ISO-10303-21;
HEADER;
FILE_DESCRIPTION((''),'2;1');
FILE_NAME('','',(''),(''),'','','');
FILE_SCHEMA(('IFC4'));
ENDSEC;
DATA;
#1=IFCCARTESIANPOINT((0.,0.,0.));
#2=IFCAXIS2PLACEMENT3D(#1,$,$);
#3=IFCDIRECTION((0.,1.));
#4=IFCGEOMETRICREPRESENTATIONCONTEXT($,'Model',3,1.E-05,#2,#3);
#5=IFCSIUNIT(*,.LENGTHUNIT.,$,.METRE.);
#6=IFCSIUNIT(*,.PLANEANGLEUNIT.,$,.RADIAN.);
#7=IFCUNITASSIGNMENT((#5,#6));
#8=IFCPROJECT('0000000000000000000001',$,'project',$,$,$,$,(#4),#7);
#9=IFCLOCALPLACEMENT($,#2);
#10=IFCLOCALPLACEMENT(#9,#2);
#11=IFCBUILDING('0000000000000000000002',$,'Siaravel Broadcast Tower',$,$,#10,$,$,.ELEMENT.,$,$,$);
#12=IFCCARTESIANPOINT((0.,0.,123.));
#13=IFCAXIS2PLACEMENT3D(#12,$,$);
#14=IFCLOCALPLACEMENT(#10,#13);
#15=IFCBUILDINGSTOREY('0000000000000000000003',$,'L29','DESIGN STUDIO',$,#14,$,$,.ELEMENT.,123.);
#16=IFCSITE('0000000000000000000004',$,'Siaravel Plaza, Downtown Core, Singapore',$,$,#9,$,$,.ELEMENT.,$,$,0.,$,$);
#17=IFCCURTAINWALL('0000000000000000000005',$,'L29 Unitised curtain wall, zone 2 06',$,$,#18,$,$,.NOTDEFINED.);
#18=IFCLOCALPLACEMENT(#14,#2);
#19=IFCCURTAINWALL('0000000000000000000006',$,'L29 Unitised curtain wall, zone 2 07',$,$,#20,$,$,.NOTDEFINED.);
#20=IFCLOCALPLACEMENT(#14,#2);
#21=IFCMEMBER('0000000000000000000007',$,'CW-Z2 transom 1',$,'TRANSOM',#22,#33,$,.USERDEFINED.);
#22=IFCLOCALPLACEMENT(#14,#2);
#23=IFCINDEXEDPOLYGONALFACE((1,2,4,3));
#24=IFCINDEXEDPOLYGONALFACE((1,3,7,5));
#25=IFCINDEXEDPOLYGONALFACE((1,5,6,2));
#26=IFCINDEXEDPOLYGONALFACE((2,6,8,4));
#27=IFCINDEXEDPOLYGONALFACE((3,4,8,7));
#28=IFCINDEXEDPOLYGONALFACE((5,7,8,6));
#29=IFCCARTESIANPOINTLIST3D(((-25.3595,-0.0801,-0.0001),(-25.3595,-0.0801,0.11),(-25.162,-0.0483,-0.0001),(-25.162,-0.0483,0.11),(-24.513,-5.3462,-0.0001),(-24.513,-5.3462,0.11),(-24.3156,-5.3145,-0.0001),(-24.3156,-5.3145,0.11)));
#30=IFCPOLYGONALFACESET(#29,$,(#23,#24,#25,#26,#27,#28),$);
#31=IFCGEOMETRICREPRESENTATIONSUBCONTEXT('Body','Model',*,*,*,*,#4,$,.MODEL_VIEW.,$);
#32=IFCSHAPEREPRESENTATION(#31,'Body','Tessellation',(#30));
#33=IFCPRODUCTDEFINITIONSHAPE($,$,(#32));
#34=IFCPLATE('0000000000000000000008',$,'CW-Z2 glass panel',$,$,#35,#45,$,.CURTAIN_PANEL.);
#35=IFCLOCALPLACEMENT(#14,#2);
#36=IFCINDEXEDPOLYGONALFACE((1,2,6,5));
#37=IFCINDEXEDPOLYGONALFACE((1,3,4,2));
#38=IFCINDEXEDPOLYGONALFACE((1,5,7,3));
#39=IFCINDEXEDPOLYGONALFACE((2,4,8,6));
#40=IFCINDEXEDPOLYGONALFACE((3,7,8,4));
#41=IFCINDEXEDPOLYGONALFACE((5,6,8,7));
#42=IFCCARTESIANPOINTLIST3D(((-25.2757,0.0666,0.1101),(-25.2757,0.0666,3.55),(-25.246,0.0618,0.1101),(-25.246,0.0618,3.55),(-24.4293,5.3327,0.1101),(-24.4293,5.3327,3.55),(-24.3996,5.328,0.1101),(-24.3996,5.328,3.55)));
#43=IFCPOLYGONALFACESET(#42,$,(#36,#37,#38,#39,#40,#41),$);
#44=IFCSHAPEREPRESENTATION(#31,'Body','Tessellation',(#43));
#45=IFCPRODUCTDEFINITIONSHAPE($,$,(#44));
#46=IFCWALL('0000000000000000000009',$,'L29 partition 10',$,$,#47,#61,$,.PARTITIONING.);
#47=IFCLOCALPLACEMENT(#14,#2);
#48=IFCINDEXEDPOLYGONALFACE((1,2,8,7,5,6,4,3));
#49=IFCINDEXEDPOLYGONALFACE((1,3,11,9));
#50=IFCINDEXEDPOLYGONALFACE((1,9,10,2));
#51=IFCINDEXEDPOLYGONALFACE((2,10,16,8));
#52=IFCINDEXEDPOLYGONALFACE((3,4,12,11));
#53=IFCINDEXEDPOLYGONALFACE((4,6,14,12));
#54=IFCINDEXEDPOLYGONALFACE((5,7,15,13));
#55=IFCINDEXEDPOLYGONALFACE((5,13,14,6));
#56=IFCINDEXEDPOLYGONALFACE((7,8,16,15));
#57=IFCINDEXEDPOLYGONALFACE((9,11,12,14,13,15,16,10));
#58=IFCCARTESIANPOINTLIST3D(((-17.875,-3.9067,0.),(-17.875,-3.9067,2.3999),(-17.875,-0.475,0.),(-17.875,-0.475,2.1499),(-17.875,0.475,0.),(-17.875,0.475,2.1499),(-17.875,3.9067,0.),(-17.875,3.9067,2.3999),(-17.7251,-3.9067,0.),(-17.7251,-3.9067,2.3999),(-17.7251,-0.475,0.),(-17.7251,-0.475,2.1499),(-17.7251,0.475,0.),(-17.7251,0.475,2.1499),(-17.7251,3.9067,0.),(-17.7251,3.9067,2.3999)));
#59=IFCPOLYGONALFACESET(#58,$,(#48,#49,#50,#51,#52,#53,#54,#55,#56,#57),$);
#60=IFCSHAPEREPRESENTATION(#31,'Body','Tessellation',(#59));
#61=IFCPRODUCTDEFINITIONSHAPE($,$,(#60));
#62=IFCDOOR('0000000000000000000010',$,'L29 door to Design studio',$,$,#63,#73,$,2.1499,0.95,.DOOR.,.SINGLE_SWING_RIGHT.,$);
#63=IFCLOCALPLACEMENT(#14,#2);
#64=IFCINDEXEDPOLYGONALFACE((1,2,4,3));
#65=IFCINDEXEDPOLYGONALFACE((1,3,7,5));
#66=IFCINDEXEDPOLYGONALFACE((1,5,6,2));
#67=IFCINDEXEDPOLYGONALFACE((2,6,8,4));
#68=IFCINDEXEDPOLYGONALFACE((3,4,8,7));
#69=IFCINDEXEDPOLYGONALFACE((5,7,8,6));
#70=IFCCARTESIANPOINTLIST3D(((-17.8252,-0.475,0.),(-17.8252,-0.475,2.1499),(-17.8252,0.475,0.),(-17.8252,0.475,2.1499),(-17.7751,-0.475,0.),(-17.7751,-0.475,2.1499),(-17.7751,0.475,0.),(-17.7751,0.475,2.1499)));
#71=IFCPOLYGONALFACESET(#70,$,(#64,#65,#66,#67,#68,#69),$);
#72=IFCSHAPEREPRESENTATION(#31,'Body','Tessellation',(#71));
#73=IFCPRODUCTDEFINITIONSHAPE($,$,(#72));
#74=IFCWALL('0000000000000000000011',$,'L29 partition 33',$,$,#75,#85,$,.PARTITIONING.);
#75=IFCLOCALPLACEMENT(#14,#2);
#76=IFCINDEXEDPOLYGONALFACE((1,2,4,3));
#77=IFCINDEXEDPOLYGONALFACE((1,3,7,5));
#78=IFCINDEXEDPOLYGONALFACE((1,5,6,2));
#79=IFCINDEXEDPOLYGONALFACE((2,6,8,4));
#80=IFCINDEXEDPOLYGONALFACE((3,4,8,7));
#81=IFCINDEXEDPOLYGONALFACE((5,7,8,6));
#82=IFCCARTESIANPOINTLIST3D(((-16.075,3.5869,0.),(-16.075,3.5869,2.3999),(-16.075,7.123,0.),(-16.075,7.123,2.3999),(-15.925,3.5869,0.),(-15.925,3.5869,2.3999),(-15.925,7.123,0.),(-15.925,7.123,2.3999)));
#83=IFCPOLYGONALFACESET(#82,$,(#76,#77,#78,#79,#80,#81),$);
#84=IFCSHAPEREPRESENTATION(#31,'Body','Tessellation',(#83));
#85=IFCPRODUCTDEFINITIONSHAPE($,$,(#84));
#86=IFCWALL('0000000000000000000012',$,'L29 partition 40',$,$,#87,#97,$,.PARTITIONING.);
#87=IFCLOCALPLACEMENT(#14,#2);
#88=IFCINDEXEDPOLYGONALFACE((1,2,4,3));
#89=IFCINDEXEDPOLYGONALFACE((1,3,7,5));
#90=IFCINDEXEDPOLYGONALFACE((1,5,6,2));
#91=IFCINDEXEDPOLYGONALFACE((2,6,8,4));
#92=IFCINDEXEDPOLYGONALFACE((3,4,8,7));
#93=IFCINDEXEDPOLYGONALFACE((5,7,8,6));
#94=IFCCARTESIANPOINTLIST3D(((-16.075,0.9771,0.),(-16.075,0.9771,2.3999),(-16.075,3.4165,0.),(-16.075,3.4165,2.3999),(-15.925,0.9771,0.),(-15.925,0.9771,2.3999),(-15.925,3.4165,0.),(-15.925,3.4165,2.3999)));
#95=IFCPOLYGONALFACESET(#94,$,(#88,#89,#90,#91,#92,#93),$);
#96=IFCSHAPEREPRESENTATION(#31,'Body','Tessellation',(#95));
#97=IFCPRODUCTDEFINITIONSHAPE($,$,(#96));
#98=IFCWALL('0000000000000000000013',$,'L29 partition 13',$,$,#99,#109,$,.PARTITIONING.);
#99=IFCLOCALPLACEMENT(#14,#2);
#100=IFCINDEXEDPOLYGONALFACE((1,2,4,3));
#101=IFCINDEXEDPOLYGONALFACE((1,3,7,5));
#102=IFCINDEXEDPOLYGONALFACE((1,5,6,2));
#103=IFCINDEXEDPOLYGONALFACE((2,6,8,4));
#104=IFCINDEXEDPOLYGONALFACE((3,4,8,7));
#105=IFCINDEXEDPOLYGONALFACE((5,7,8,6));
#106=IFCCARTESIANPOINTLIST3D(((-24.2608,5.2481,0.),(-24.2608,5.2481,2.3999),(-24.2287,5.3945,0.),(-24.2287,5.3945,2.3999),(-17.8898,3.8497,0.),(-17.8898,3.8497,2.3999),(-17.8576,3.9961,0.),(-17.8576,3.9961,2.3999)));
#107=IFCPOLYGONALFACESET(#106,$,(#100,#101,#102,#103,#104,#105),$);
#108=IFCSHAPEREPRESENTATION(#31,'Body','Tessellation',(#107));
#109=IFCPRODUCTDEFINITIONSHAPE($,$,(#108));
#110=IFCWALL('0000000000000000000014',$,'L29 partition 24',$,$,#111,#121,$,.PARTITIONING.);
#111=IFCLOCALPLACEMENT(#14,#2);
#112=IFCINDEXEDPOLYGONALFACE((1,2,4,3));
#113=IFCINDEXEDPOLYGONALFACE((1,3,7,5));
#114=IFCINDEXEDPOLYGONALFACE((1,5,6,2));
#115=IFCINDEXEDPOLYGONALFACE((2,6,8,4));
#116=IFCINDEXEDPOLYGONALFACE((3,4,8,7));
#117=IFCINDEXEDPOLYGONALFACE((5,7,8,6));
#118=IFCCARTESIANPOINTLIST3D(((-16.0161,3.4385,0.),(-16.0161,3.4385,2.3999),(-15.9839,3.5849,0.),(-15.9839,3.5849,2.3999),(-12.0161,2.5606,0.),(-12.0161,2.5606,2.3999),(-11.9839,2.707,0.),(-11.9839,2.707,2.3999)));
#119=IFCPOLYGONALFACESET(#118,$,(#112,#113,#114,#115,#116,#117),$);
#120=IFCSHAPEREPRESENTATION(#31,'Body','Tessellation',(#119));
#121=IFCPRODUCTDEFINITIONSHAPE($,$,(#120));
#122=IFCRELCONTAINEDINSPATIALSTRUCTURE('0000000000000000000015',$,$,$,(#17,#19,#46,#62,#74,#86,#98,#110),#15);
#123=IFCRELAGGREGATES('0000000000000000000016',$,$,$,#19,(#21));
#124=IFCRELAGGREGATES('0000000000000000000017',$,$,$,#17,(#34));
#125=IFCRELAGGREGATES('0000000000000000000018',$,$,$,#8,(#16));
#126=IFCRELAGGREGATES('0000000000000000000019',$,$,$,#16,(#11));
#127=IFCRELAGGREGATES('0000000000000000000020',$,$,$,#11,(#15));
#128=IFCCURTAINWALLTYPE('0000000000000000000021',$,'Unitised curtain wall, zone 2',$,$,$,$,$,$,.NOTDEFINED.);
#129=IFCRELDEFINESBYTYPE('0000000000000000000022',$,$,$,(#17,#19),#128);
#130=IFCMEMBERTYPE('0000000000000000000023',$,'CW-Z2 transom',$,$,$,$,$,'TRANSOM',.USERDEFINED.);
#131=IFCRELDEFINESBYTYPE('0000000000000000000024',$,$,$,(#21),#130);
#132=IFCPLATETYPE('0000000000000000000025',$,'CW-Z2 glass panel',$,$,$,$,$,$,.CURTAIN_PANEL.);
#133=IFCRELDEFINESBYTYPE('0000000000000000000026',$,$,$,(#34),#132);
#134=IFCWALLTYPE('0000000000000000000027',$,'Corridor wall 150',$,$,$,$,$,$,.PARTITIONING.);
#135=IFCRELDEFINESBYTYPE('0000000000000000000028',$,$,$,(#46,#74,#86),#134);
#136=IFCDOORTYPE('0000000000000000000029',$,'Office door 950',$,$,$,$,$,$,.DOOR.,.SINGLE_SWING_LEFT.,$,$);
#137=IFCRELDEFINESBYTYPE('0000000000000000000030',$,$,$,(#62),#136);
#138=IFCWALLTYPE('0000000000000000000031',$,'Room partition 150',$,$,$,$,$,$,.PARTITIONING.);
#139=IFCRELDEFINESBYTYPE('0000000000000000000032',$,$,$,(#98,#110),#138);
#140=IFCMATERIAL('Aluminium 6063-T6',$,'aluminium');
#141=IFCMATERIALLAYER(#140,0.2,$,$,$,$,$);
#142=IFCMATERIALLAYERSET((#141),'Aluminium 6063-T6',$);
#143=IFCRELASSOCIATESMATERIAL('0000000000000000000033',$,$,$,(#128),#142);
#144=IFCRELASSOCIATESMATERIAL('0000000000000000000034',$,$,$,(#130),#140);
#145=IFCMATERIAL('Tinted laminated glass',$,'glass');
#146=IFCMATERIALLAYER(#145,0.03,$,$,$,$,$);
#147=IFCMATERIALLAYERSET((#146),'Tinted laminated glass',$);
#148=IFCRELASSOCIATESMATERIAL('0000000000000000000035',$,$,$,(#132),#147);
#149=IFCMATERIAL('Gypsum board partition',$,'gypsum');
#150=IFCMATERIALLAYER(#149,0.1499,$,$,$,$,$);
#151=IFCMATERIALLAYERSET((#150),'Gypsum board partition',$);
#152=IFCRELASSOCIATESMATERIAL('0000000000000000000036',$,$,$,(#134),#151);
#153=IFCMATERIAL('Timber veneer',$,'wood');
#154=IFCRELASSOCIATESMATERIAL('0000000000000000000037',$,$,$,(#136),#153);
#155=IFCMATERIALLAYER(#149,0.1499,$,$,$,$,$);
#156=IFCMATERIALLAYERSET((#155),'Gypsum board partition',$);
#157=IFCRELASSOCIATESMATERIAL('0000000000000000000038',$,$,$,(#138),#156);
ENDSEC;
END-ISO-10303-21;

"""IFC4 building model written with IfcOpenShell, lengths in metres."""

from ifc_helpers import new_model, si_unit, direction, frame, frame_2d, origin, origin_2d, place, context, subcontext, project, spatial, rectangle, extrude, material, layer, layer_set, material_profile, profile_set, type_object, element, fill, aggregate, save


model = new_model("IFC4")

# Units and contexts
model_context = context("Model", 3, precision=1e-05, world=origin(), true_north=direction((0.0, 1.0)))
body_context = subcontext(model_context, "Body", "Model", "MODEL_VIEW")
ifc_project = project(units=[si_unit("LENGTHUNIT", "METRE"), si_unit("PLANEANGLEUNIT", "RADIAN")], contexts=[model_context])

# Site, building, storey
site_placement = place(None, origin())
site = spatial("IfcSite", under=ifc_project, at=site_placement, Name="Siaravel Plaza, Downtown Core, Singapore", CompositionType="ELEMENT", RefElevation=0.0)
building_placement = place(site_placement, origin())
building = spatial("IfcBuilding", under=site, at=building_placement, Name="Siaravel Broadcast Tower", CompositionType="ELEMENT")
storey_placement = place(building_placement, frame((0.0, 0.0, 123.0)))
storey = spatial("IfcBuildingStorey", under=building, at=storey_placement, Name="L29", Description="DESIGN STUDIO", CompositionType="ELEMENT", Elevation=123.0)

# Curtain wall
ifc_material_1 = material(Name="Aluminium 6063-T6", Category="aluminium")
ifc_layer_1 = layer(ifc_material_1, 0.2)
ifc_layer_set_1 = layer_set([ifc_layer_1], Name="Aluminium 6063-T6")
curtain_wall_type = type_object("IfcCurtainWallType", Name="Unitised curtain wall, zone 2", PredefinedType="NOTDEFINED", material=ifc_layer_set_1)
curtain_wall_1_placement = place(storey_placement, origin())
curtain_wall_1 = element("IfcCurtainWall", 1, at=curtain_wall_1_placement, inside=storey, type_object=curtain_wall_type, Name="L29 Unitised curtain wall, zone 2 06", PredefinedType="NOTDEFINED")

# Curtain wall
curtain_wall_2_placement = place(storey_placement, origin())
curtain_wall_2 = element("IfcCurtainWall", 2, at=curtain_wall_2_placement, inside=storey, type_object=curtain_wall_type, Name="L29 Unitised curtain wall, zone 2 07", PredefinedType="NOTDEFINED")

# Member
ifc_material_profile_1 = material_profile(ifc_material_1, rectangle(XDim=0.2, YDim=0.1101, at=origin_2d()))
ifc_profile_set_1 = profile_set([ifc_material_profile_1], Name="Aluminium 6063-T6")
member_type_1 = type_object("IfcMemberType", Name="CW-Z2 transom", ElementType="TRANSOM", PredefinedType="USERDEFINED", material=ifc_profile_set_1)
member_1_placement = place(storey_placement, frame((-25.2607, -0.0642, 0.0549), z_axis=(0.158696, -0.987328, 0.0), x_axis=(0.987328, 0.158696, 0.0)))
member_1 = element("IfcMember", 3, at=member_1_placement, type_object=member_type_1, Name="CW-Z2 transom 1", ObjectType="TRANSOM", PredefinedType="USERDEFINED", context=body_context, shape_type="SweptSolid", body=[
    extrude(rectangle(XDim=0.2, YDim=0.1101, at=origin_2d()), origin(), (0.0, 0.0, 1.0), 5.3337),
])
aggregate(curtain_wall_2, [member_1])

# Plate
ifc_material_2 = material(Name="Tinted laminated glass", Category="glass")
ifc_layer_2 = layer(ifc_material_2, 0.03)
ifc_layer_set_2 = layer_set([ifc_layer_2], Name="Tinted laminated glass")
plate_type = type_object("IfcPlateType", Name="CW-Z2 glass panel", PredefinedType="CURTAIN_PANEL", material=ifc_layer_set_2)
plate_placement = place(storey_placement, frame((-24.8376, 2.6973, 0.1101), z_axis=(0.0, 0.0, 1.0), x_axis=(-0.158686, -0.987329, 0.0)))
plate = element("IfcPlate", 4, at=plate_placement, type_object=plate_type, Name="CW-Z2 glass panel", PredefinedType="CURTAIN_PANEL", context=body_context, shape_type="SweptSolid", body=[
    extrude(rectangle(XDim=5.3337, YDim=0.03, at=origin_2d()), origin(), (0.0, 0.0, 1.0), 3.4399),
])
aggregate(curtain_wall_1, [plate])

# Wall, opening, door
ifc_material_3 = material(Name="Gypsum board partition", Category="gypsum")
ifc_layer_3 = layer(ifc_material_3, 0.1499)
ifc_layer_set_3 = layer_set([ifc_layer_3], Name="Gypsum board partition")
wall_type_1 = type_object("IfcWallType", Name="Corridor wall 150", PredefinedType="PARTITIONING", material=ifc_layer_set_3)
wall_1_placement = place(storey_placement, frame((-17.8, 3.9067, 0.0), z_axis=(0.0, 0.0, 1.0), x_axis=(0.0, -1.0, 0.0)))
wall_1 = element("IfcWall", 5, at=wall_1_placement, inside=storey, type_object=wall_type_1, Name="L29 partition 10", PredefinedType="PARTITIONING", context=body_context, shape_type="SweptSolid", body=[
    extrude(rectangle(XDim=7.8135, YDim=0.1499, at=frame_2d((3.9067, 0.0))), origin(), (0.0, 0.0, 1.0), 2.3999),
])
opening_1_placement = place(wall_1_placement, frame((3.4316, 0.0, 0.0)))
opening_1 = element("IfcOpeningElement", 6, at=opening_1_placement, cuts=wall_1, PredefinedType="OPENING", context=body_context, shape_type="SweptSolid", body=[
    extrude(rectangle(XDim=0.95, YDim=2.1499, at=frame_2d((0.4751, 1.075))), frame((0.0, 0.085, 0.0), z_axis=(0.0, -1.0, 0.0), x_axis=(1.0, 0.0, 0.0)), (0.0, 0.0, 1.0), 0.1699),
])
ifc_material_4 = material(Name="Timber veneer", Category="wood")
door_type = type_object("IfcDoorType", Name="Office door 950", OperationType="SINGLE_SWING_LEFT", PredefinedType="DOOR", material=ifc_material_4)
door_1_placement = place(opening_1_placement, origin())
door_1 = element("IfcDoor", 7, at=door_1_placement, inside=storey, type_object=door_type, Name="L29 door to Design studio", OperationType="SINGLE_SWING_RIGHT", OverallHeight=2.1499, OverallWidth=0.95, PredefinedType="DOOR", context=body_context, shape_type="SweptSolid", body=[
    extrude(rectangle(XDim=0.95, YDim=2.1499, at=frame_2d((0.4751, 1.075))), frame((0.0, 0.0249, 0.0), z_axis=(0.0, -1.0, 0.0), x_axis=(1.0, 0.0, 0.0)), (0.0, 0.0, 1.0), 0.05),
])
fill(opening_1, door_1)

# Walls
wall_2_placement = place(storey_placement, frame((-16.0, 3.5869, 0.0), z_axis=(0.0, 0.0, 1.0), x_axis=(0.0, 1.0, 0.0)))
element("IfcWall", 8, at=wall_2_placement, inside=storey, type_object=wall_type_1, Name="L29 partition 33", PredefinedType="PARTITIONING", context=body_context, shape_type="SweptSolid", body=[
    extrude(rectangle(XDim=3.5361, YDim=0.1499, at=frame_2d((1.7681, 0.0))), origin(), (0.0, 0.0, 1.0), 2.3999),
])
wall_3_placement = place(storey_placement, frame((-16.0, 0.9771, 0.0), z_axis=(0.0, 0.0, 1.0), x_axis=(0.0, 1.0, 0.0)))
element("IfcWall", 9, at=wall_3_placement, inside=storey, type_object=wall_type_1, Name="L29 partition 40", PredefinedType="PARTITIONING", context=body_context, shape_type="SweptSolid", body=[
    extrude(rectangle(XDim=2.4395, YDim=0.1499, at=frame_2d((1.2197, 0.0))), origin(), (0.0, 0.0, 1.0), 2.3999),
])
ifc_layer_4 = layer(ifc_material_3, 0.1499)
ifc_layer_set_4 = layer_set([ifc_layer_4], Name="Gypsum board partition")
wall_type_2 = type_object("IfcWallType", Name="Room partition 150", PredefinedType="PARTITIONING", material=ifc_layer_set_4)
wall_4_placement = place(storey_placement, frame((-24.2446, 5.3213, 0.0), z_axis=(0.0, 0.0, 1.0), x_axis=(0.976747, -0.214393, 0.0)))
element("IfcWall", 10, at=wall_4_placement, inside=storey, type_object=wall_type_2, Name="L29 partition 13", PredefinedType="PARTITIONING", context=body_context, shape_type="SweptSolid", body=[
    extrude(rectangle(XDim=6.5227, YDim=0.1499, at=frame_2d((3.2612, 0.0))), origin(), (0.0, 0.0, 1.0), 2.3999),
])
wall_5_placement = place(storey_placement, frame((-16.0, 3.5117, 0.0), z_axis=(0.0, 0.0, 1.0), x_axis=(0.97675, -0.21438, 0.0)))
element("IfcWall", 11, at=wall_5_placement, inside=storey, type_object=wall_type_2, Name="L29 partition 24", PredefinedType="PARTITIONING", context=body_context, shape_type="SweptSolid", body=[
    extrude(rectangle(XDim=4.0952, YDim=0.1499, at=frame_2d((2.0476, 0.0))), origin(), (0.0, 0.0, 1.0), 2.3999),
])

save(model, "model.ifc")
